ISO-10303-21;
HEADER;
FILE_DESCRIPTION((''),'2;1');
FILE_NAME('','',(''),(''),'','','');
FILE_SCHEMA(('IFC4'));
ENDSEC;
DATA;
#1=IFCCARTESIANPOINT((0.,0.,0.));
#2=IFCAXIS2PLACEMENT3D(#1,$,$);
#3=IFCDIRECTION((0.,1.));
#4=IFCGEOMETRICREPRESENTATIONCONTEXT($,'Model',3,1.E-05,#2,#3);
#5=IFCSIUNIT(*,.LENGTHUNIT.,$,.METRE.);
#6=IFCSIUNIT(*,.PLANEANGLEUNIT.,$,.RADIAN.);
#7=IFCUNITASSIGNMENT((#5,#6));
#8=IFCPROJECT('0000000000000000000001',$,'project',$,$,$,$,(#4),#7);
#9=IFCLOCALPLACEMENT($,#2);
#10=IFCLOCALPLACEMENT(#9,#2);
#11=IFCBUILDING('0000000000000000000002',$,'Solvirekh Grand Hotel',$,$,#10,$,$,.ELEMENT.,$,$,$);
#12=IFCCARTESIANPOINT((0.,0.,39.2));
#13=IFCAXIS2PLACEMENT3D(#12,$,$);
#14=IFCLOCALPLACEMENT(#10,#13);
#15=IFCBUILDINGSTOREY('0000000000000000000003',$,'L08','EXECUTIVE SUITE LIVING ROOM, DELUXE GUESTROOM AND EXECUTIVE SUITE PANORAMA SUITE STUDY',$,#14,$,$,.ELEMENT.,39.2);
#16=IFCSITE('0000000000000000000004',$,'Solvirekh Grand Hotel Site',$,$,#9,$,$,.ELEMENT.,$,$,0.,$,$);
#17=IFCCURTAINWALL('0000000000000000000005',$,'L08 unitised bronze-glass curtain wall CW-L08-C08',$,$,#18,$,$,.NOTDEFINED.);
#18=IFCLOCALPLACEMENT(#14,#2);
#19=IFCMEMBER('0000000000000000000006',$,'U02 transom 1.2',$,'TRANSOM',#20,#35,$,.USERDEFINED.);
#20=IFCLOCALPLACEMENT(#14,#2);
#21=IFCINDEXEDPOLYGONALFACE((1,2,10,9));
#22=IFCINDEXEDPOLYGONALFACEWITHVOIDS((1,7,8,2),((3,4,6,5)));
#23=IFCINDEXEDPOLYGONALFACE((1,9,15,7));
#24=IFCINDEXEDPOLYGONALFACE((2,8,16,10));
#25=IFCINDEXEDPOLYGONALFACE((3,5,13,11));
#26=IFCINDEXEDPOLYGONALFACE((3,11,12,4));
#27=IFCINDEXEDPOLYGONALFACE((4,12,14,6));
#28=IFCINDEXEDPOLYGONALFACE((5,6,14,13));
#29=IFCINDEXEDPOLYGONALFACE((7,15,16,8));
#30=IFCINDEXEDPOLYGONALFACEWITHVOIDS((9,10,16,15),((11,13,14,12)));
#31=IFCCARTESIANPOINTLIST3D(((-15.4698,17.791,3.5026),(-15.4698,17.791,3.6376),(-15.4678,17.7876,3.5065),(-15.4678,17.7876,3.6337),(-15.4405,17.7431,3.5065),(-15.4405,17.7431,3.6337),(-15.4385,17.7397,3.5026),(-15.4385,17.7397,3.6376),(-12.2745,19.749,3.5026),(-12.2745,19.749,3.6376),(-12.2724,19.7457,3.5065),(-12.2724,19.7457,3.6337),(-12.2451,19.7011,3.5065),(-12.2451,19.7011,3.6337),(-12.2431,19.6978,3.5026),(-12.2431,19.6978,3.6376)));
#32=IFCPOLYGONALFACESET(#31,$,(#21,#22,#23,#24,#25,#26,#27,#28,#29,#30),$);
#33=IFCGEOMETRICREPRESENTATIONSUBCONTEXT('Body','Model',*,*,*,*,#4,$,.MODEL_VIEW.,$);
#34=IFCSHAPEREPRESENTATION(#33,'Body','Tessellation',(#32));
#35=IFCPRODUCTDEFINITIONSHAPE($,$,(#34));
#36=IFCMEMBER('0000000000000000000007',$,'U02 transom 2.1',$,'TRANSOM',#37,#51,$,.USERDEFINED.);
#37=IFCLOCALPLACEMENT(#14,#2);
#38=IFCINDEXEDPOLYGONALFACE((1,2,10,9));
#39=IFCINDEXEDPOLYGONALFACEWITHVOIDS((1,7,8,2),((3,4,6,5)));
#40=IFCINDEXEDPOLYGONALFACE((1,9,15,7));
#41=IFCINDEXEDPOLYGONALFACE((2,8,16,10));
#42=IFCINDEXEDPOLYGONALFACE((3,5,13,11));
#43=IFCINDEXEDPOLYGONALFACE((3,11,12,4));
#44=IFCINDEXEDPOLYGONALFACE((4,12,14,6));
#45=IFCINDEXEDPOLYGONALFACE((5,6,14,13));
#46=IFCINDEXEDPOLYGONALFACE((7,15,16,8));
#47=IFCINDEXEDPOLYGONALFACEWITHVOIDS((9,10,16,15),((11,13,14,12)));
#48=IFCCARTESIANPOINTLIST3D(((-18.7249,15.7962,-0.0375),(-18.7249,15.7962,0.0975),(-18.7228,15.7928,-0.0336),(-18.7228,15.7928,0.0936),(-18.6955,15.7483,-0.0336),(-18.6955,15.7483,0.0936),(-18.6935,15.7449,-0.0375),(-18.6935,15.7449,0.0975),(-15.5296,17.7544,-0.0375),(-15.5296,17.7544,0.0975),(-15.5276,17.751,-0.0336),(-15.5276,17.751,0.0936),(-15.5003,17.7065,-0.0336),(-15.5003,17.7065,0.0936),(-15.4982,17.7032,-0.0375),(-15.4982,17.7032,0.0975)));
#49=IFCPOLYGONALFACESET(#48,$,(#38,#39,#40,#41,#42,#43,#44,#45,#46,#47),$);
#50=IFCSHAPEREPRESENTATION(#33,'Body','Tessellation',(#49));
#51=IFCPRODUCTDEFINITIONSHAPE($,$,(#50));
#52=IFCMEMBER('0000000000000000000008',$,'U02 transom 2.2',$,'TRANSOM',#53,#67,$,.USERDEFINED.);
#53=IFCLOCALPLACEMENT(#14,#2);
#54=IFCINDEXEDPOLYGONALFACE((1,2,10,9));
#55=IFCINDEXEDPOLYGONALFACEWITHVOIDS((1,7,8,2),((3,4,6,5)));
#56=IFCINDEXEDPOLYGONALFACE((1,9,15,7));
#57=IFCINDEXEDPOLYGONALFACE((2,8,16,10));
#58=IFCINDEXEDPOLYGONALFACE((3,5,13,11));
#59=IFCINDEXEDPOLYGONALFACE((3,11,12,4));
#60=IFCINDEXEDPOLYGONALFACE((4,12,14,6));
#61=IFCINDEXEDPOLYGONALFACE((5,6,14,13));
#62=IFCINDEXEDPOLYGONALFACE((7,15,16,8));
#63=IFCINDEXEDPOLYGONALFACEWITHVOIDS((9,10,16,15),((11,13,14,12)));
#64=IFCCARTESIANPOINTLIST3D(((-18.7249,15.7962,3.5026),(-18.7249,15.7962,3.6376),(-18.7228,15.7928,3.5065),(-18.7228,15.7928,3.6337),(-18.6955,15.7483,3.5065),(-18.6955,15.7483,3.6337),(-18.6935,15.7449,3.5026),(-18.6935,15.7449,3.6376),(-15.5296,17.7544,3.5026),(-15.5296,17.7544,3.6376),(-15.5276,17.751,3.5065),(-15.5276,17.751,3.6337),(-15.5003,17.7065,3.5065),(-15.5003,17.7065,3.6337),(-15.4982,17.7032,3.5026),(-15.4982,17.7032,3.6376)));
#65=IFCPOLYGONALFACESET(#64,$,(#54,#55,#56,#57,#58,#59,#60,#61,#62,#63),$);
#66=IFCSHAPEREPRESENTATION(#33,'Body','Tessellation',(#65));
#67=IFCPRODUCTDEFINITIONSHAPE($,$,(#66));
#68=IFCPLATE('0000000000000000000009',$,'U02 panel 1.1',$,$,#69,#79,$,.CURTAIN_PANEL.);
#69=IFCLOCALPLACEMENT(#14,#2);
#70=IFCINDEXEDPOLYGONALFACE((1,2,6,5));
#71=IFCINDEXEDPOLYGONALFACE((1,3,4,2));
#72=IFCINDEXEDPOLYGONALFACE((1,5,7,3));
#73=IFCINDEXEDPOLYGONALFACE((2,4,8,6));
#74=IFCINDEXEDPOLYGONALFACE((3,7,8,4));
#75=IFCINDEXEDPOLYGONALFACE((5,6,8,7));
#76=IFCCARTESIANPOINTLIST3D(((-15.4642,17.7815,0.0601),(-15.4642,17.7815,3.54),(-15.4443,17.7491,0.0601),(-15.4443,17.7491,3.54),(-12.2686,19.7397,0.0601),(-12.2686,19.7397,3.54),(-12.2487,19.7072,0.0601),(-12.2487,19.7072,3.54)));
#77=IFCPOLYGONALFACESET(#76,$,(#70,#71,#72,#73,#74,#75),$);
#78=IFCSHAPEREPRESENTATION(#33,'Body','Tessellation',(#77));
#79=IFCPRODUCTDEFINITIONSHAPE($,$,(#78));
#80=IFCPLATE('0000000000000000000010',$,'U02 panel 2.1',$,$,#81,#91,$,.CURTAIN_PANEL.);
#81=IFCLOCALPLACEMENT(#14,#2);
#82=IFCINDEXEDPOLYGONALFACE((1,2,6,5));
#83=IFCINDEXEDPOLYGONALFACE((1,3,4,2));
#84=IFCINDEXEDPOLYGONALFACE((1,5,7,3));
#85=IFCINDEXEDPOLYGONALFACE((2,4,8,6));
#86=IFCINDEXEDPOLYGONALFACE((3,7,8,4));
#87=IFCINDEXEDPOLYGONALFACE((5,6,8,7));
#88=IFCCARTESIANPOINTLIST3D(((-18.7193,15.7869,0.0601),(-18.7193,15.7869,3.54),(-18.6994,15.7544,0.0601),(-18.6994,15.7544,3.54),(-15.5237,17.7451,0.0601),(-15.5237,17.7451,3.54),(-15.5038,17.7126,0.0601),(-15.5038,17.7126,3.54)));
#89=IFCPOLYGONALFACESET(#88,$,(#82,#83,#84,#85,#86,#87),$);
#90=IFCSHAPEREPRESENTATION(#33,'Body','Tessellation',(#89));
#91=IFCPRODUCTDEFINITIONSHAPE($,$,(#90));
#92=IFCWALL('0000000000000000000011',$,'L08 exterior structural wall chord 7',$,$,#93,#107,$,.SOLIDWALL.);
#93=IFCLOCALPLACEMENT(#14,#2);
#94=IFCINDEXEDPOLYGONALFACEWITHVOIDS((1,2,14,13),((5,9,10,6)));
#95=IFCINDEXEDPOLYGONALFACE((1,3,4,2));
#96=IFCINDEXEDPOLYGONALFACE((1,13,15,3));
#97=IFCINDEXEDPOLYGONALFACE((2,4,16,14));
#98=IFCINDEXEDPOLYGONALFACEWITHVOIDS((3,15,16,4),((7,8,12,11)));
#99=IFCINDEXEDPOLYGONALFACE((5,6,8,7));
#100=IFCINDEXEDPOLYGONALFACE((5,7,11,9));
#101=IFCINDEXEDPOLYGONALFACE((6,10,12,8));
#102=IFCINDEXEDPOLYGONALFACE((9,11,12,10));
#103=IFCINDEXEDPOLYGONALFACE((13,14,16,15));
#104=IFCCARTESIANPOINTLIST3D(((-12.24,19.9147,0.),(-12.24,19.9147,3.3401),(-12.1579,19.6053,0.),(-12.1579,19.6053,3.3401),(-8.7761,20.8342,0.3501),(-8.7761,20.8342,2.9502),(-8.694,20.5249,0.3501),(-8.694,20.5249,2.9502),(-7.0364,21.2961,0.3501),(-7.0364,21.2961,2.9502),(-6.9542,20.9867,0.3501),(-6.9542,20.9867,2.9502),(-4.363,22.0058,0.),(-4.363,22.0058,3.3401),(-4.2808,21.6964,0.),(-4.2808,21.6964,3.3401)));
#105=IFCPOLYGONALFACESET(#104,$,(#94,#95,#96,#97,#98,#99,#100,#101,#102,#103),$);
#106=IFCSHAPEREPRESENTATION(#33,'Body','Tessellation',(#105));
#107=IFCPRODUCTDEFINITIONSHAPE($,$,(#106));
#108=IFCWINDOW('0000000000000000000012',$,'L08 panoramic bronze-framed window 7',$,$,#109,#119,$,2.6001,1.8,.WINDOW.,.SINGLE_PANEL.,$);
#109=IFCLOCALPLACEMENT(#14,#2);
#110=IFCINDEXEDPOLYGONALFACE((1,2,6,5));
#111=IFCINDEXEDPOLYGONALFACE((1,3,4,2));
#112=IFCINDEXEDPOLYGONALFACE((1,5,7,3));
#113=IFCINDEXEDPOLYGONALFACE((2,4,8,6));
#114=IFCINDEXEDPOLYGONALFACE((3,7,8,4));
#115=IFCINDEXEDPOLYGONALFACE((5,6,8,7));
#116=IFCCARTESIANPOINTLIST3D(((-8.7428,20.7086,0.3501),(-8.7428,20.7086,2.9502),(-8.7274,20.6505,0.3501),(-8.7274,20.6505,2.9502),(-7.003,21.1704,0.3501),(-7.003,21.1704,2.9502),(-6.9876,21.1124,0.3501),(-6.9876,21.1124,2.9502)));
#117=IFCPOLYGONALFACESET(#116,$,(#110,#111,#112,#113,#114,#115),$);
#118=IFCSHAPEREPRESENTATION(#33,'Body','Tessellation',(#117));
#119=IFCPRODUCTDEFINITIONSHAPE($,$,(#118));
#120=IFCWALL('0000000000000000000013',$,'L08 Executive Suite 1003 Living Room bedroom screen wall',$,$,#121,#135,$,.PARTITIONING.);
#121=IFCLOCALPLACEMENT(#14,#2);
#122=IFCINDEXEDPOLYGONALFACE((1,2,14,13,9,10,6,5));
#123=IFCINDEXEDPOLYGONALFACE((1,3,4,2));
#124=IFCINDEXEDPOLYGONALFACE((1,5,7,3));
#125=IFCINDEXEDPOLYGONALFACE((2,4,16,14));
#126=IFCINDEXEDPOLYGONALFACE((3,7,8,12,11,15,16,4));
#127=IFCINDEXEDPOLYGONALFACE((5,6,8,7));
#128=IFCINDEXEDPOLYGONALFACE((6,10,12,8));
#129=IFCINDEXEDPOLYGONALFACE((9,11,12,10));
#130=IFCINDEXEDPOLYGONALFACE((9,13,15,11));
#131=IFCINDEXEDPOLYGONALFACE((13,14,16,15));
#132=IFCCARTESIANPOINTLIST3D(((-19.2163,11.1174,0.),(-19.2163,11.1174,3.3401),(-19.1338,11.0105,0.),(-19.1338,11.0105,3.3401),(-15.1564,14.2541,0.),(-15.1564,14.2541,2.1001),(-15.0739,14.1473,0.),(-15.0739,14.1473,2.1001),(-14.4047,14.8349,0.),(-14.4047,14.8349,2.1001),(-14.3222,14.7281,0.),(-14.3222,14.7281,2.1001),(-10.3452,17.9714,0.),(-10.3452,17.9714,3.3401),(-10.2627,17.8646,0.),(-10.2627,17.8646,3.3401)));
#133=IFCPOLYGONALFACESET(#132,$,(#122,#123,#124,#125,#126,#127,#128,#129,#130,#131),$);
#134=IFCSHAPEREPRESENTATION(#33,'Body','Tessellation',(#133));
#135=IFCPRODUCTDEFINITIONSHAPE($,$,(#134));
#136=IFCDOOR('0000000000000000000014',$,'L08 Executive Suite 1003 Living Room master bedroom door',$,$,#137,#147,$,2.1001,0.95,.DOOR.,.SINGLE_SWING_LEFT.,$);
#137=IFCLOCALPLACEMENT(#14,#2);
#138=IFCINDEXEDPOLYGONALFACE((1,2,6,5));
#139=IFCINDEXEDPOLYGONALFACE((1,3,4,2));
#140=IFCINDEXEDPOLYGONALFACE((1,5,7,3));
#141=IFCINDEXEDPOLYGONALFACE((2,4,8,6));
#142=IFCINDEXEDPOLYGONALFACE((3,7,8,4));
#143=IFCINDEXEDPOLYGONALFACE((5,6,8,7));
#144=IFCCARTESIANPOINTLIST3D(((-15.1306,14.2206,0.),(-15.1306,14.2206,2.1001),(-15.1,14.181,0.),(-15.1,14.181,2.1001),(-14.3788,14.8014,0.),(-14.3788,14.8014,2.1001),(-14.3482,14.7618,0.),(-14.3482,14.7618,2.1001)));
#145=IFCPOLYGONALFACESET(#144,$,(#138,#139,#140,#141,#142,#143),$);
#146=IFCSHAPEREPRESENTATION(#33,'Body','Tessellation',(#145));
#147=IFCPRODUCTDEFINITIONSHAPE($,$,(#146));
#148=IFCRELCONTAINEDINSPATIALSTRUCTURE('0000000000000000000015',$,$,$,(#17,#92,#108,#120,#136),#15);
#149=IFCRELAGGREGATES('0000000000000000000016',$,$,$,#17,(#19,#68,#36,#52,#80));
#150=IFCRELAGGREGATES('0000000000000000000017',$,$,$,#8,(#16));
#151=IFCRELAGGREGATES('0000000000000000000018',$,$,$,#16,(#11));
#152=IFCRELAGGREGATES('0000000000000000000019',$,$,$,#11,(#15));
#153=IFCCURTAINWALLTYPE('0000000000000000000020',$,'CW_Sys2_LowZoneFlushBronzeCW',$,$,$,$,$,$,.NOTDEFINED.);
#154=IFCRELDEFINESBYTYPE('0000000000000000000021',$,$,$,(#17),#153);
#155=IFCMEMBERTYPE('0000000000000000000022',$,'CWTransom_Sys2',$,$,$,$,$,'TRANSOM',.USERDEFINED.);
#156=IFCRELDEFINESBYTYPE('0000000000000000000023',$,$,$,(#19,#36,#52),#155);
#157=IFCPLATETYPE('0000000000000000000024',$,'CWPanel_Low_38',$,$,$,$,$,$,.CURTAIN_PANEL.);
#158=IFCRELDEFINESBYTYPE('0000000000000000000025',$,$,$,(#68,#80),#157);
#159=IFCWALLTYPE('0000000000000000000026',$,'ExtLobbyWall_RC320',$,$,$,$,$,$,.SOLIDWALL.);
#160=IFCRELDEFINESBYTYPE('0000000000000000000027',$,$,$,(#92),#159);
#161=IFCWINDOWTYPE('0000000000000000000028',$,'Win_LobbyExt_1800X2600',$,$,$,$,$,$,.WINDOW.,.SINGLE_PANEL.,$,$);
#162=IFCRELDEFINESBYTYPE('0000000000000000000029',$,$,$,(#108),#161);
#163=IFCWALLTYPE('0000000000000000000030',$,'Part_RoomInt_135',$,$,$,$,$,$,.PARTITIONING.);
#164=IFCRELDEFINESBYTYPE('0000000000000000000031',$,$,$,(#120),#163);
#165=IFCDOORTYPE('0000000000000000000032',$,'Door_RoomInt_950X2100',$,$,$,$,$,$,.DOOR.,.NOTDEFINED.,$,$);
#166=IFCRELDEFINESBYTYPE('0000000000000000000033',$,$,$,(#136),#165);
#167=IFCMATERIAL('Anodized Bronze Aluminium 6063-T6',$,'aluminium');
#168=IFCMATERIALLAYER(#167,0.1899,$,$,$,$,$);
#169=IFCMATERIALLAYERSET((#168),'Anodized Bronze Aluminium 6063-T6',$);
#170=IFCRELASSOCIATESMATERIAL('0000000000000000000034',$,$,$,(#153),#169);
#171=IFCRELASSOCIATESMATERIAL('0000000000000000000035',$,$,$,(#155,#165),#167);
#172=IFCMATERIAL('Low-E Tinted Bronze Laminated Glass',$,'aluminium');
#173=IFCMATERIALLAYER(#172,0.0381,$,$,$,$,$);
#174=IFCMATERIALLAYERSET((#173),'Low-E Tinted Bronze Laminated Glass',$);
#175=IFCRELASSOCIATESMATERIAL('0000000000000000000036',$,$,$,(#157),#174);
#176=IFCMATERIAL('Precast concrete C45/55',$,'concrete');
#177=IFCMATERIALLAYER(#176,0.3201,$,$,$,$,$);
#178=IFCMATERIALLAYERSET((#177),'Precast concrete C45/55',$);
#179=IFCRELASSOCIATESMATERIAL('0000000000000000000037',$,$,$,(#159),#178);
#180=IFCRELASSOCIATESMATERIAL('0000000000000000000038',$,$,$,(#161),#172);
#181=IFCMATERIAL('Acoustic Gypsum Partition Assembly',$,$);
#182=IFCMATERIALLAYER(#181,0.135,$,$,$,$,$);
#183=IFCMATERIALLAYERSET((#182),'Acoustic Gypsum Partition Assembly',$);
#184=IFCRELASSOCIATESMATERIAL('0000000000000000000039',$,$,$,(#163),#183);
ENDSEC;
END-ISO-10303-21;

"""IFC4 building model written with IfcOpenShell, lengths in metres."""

from ifc_helpers import new_model, si_unit, direction, frame, frame_2d, origin, origin_2d, place, context, subcontext, project, spatial, rectangle, hollow_rectangle, extrude, source, transform, mapped, material, layer, layer_set, material_profile, profile_set, type_object, element, fill, aggregate, save


model = new_model("IFC4")

# Units and contexts
model_context = context("Model", 3, precision=1e-05, world=origin(), true_north=direction((0.0, 1.0)))
body_context = subcontext(model_context, "Body", "Model", "MODEL_VIEW")
ifc_project = project(units=[si_unit("LENGTHUNIT", "METRE"), si_unit("PLANEANGLEUNIT", "RADIAN")], contexts=[model_context])

# Site, building, storey
site_placement = place(None, origin())
site = spatial("IfcSite", under=ifc_project, at=site_placement, Name="Solvirekh Grand Hotel Site", CompositionType="ELEMENT", RefElevation=0.0)
building_placement = place(site_placement, origin())
building = spatial("IfcBuilding", under=site, at=building_placement, Name="Solvirekh Grand Hotel", CompositionType="ELEMENT")
storey_placement = place(building_placement, frame((0.0, 0.0, 39.2)))
storey = spatial("IfcBuildingStorey", under=building, at=storey_placement, Name="L08", Description="EXECUTIVE SUITE LIVING ROOM, DELUXE GUESTROOM AND EXECUTIVE SUITE PANORAMA SUITE STUDY", CompositionType="ELEMENT", Elevation=39.2)

# Curtain wall, members, plates
ifc_material_1 = material(Name="Anodized Bronze Aluminium 6063-T6", Category="aluminium")
ifc_layer_1 = layer(ifc_material_1, 0.1899)
ifc_layer_set_1 = layer_set([ifc_layer_1], Name="Anodized Bronze Aluminium 6063-T6")
curtain_wall_type = type_object("IfcCurtainWallType", Name="CW_Sys2_LowZoneFlushBronzeCW", PredefinedType="NOTDEFINED", material=ifc_layer_set_1)
curtain_wall_placement = place(storey_placement, origin())
curtain_wall = element("IfcCurtainWall", 1, at=curtain_wall_placement, inside=storey, type_object=curtain_wall_type, Name="L08 unitised bronze-glass curtain wall CW-L08-C08", PredefinedType="NOTDEFINED")
ifc_material_profile_1 = material_profile(ifc_material_1, hollow_rectangle(XDim=0.0601, YDim=0.135, WallThickness=0.0039, at=origin_2d()), Name="ALU RHS 135X60X4")
ifc_profile_set_1 = profile_set([ifc_material_profile_1], Name="Anodized Bronze Aluminium 6063-T6")
member_type_1 = type_object("IfcMemberType", Name="CWTransom_Sys2", ElementType="TRANSOM", PredefinedType="USERDEFINED", material=ifc_profile_set_1)
shared_shape_1 = source(origin(), body_context, "Body", "SweptSolid", [
    extrude(hollow_rectangle(XDim=0.0601, YDim=0.135, WallThickness=0.0039, at=origin_2d()), origin(), (0.0, 0.0, 1.0), 3.7476),
])
member_1_placement = place(storey_placement, frame((-12.2588, 19.7234, 3.5701), z_axis=(-0.85265, -0.522483, 0.0), x_axis=(0.522483, -0.85265, 0.0)))
member_1 = element("IfcMember", 2, at=member_1_placement, type_object=member_type_1, Name="U02 transom 1.2", ObjectType="TRANSOM", PredefinedType="USERDEFINED", context=body_context, shape_type="MappedRepresentation", body=[
    mapped(shared_shape_1, transform((0.0, 0.0, 0.0), x_axis=(1.0, 0.0, 0.0), y_axis=(0.0, 1.0, 0.0), z_axis=(0.0, 0.0, 1.0), scale=1.0)),
])
member_2_placement = place(storey_placement, frame((-15.5139, 17.7288, 0.03), z_axis=(-0.852621, -0.52253, 0.0), x_axis=(0.52253, -0.852621, 0.0)))
member_2 = element("IfcMember", 3, at=member_2_placement, type_object=member_type_1, Name="U02 transom 2.1", ObjectType="TRANSOM", PredefinedType="USERDEFINED", context=body_context, shape_type="MappedRepresentation", body=[
    mapped(shared_shape_1, transform((0.0, 0.0, 0.0), x_axis=(1.0, 0.0, 0.0), y_axis=(0.0, 1.0, 0.0), z_axis=(0.0, 0.0, 1.0), scale=1.0)),
])
member_3_placement = place(storey_placement, frame((-15.5139, 17.7288, 3.5701), z_axis=(-0.852621, -0.52253, 0.0), x_axis=(0.52253, -0.852621, 0.0)))
member_3 = element("IfcMember", 4, at=member_3_placement, type_object=member_type_1, Name="U02 transom 2.2", ObjectType="TRANSOM", PredefinedType="USERDEFINED", context=body_context, shape_type="MappedRepresentation", body=[
    mapped(shared_shape_1, transform((0.0, 0.0, 0.0), x_axis=(1.0, 0.0, 0.0), y_axis=(0.0, 1.0, 0.0), z_axis=(0.0, 0.0, 1.0), scale=1.0)),
])
ifc_material_2 = material(Name="Low-E Tinted Bronze Laminated Glass", Category="aluminium")
ifc_layer_2 = layer(ifc_material_2, 0.0381)
ifc_layer_set_2 = layer_set([ifc_layer_2], Name="Low-E Tinted Bronze Laminated Glass")
plate_type = type_object("IfcPlateType", Name="CWPanel_Low_38", PredefinedType="CURTAIN_PANEL", material=ifc_layer_set_2)
shared_shape_2 = source(origin(), body_context, "Body", "SweptSolid", [
    extrude(rectangle(XDim=3.7478, YDim=0.0381, at=origin_2d()), origin(), (0.0, 0.0, 1.0), 3.48),
])
plate_1_placement = place(storey_placement, frame((-13.8564, 18.7444, 0.0601), z_axis=(0.0, 0.0, 1.0), x_axis=(-0.852646, -0.522489, 0.0)))
plate_1 = element("IfcPlate", 5, at=plate_1_placement, type_object=plate_type, Name="U02 panel 1.1", PredefinedType="CURTAIN_PANEL", context=body_context, shape_type="MappedRepresentation", body=[
    mapped(shared_shape_2, transform((0.0, 0.0, 0.0), x_axis=(1.0, 0.0, 0.0), y_axis=(0.0, 1.0, 0.0), z_axis=(0.0, 0.0, 1.0), scale=1.0)),
])
plate_2_placement = place(storey_placement, frame((-17.1116, 16.7498, 0.0601), z_axis=(0.0, 0.0, 1.0), x_axis=(-0.852646, -0.522489, 0.0)))
plate_2 = element("IfcPlate", 6, at=plate_2_placement, type_object=plate_type, Name="U02 panel 2.1", PredefinedType="CURTAIN_PANEL", context=body_context, shape_type="MappedRepresentation", body=[
    mapped(shared_shape_2, transform((0.0, 0.0, 0.0), x_axis=(1.0, 0.0, 0.0), y_axis=(0.0, 1.0, 0.0), z_axis=(0.0, 0.0, 1.0), scale=1.0)),
])
aggregate(curtain_wall, [member_1, plate_1, member_2, member_3, plate_2])

# Wall, opening, window
ifc_material_3 = material(Name="Precast concrete C45/55", Category="concrete")
ifc_layer_3 = layer(ifc_material_3, 0.3201)
ifc_layer_set_3 = layer_set([ifc_layer_3], Name="Precast concrete C45/55")
wall_type_1 = type_object("IfcWallType", Name="ExtLobbyWall_RC320", PredefinedType="SOLIDWALL", material=ifc_layer_set_3)
wall_1_placement = place(storey_placement, frame((-12.199, 19.76, 0.0), z_axis=(0.0, 0.0, 1.0), x_axis=(0.966523, 0.256579, 0.0)))
wall_1 = element("IfcWall", 7, at=wall_1_placement, inside=storey, type_object=wall_type_1, Name="L08 exterior structural wall chord 7", PredefinedType="SOLIDWALL", context=body_context, shape_type="SweptSolid", body=[
    extrude(rectangle(XDim=8.1499, YDim=0.3201, at=frame_2d((4.075, 0.0))), origin(), (0.0, 0.0, 1.0), 3.3401),
])
opening_1_placement = place(wall_1_placement, frame((3.584, 0.0, 0.3501)))
opening_1 = element("IfcOpeningElement", 8, at=opening_1_placement, cuts=wall_1, PredefinedType="OPENING", context=body_context, shape_type="SweptSolid", body=[
    extrude(rectangle(XDim=1.8, YDim=2.6001, at=frame_2d((0.8999, 1.3))), frame((0.0, 0.1699, 0.0), z_axis=(0.0, -1.0, 0.0), x_axis=(1.0, 0.0, 0.0)), (0.0, 0.0, 1.0), 0.3401),
])
window_type = type_object("IfcWindowType", Name="Win_LobbyExt_1800X2600", PartitioningType="SINGLE_PANEL", PredefinedType="WINDOW", material=ifc_material_2)
window_placement = place(opening_1_placement, origin())
window = element("IfcWindow", 9, at=window_placement, inside=storey, type_object=window_type, Name="L08 panoramic bronze-framed window 7", OverallHeight=2.6001, OverallWidth=1.8, PartitioningType="SINGLE_PANEL", PredefinedType="WINDOW", context=body_context, shape_type="SweptSolid", body=[
    extrude(rectangle(XDim=1.8, YDim=2.6001, at=frame_2d((0.8999, 1.3))), frame((0.0, 0.03, 0.0), z_axis=(0.0, -1.0, 0.0), x_axis=(1.0, 0.0, 0.0)), (0.0, 0.0, 1.0), 0.0601),
])
fill(opening_1, window)

# Wall, opening, door
ifc_material_4 = material(Name="Acoustic Gypsum Partition Assembly")
ifc_layer_4 = layer(ifc_material_4, 0.135)
ifc_layer_set_4 = layer_set([ifc_layer_4], Name="Acoustic Gypsum Partition Assembly")
wall_type_2 = type_object("IfcWallType", Name="Part_RoomInt_135", PredefinedType="PARTITIONING", material=ifc_layer_set_4)
wall_2_placement = place(storey_placement, frame((-10.304, 17.918, 0.0), z_axis=(0.0, 0.0, 1.0), x_axis=(-0.791325, -0.611395, 0.0)))
wall_2 = element("IfcWall", 10, at=wall_2_placement, inside=storey, type_object=wall_type_2, Name="L08 Executive Suite 1003 Living Room bedroom screen wall", PredefinedType="PARTITIONING", context=body_context, shape_type="SweptSolid", body=[
    extrude(rectangle(XDim=11.2104, YDim=0.135, at=frame_2d((5.6052, 0.0))), origin(), (0.0, 0.0, 1.0), 3.3401),
])
opening_2_placement = place(wall_2_placement, frame((5.1299, 0.0, 0.0)))
opening_2 = element("IfcOpeningElement", 11, at=opening_2_placement, cuts=wall_2, PredefinedType="OPENING", context=body_context, shape_type="SweptSolid", body=[
    extrude(rectangle(XDim=0.95, YDim=2.1001, at=frame_2d((0.4751, 1.05))), frame((0.0, 0.0776, 0.0), z_axis=(0.0, -1.0, 0.0), x_axis=(1.0, 0.0, 0.0)), (0.0, 0.0, 1.0), 0.155),
])
door_type = type_object("IfcDoorType", Name="Door_RoomInt_950X2100", OperationType="NOTDEFINED", PredefinedType="DOOR", material=ifc_material_1)
door_1_placement = place(opening_2_placement, origin())
door_1 = element("IfcDoor", 12, at=door_1_placement, inside=storey, type_object=door_type, Name="L08 Executive Suite 1003 Living Room master bedroom door", OperationType="SINGLE_SWING_LEFT", OverallHeight=2.1001, OverallWidth=0.95, PredefinedType="DOOR", context=body_context, shape_type="SweptSolid", body=[
    extrude(rectangle(XDim=0.95, YDim=2.1001, at=frame_2d((0.4751, 1.05))), frame((0.0, 0.0249, 0.0), z_axis=(0.0, -1.0, 0.0), x_axis=(1.0, 0.0, 0.0)), (0.0, 0.0, 1.0), 0.05),
])
fill(opening_2, door_1)

save(model, "model.ifc")
